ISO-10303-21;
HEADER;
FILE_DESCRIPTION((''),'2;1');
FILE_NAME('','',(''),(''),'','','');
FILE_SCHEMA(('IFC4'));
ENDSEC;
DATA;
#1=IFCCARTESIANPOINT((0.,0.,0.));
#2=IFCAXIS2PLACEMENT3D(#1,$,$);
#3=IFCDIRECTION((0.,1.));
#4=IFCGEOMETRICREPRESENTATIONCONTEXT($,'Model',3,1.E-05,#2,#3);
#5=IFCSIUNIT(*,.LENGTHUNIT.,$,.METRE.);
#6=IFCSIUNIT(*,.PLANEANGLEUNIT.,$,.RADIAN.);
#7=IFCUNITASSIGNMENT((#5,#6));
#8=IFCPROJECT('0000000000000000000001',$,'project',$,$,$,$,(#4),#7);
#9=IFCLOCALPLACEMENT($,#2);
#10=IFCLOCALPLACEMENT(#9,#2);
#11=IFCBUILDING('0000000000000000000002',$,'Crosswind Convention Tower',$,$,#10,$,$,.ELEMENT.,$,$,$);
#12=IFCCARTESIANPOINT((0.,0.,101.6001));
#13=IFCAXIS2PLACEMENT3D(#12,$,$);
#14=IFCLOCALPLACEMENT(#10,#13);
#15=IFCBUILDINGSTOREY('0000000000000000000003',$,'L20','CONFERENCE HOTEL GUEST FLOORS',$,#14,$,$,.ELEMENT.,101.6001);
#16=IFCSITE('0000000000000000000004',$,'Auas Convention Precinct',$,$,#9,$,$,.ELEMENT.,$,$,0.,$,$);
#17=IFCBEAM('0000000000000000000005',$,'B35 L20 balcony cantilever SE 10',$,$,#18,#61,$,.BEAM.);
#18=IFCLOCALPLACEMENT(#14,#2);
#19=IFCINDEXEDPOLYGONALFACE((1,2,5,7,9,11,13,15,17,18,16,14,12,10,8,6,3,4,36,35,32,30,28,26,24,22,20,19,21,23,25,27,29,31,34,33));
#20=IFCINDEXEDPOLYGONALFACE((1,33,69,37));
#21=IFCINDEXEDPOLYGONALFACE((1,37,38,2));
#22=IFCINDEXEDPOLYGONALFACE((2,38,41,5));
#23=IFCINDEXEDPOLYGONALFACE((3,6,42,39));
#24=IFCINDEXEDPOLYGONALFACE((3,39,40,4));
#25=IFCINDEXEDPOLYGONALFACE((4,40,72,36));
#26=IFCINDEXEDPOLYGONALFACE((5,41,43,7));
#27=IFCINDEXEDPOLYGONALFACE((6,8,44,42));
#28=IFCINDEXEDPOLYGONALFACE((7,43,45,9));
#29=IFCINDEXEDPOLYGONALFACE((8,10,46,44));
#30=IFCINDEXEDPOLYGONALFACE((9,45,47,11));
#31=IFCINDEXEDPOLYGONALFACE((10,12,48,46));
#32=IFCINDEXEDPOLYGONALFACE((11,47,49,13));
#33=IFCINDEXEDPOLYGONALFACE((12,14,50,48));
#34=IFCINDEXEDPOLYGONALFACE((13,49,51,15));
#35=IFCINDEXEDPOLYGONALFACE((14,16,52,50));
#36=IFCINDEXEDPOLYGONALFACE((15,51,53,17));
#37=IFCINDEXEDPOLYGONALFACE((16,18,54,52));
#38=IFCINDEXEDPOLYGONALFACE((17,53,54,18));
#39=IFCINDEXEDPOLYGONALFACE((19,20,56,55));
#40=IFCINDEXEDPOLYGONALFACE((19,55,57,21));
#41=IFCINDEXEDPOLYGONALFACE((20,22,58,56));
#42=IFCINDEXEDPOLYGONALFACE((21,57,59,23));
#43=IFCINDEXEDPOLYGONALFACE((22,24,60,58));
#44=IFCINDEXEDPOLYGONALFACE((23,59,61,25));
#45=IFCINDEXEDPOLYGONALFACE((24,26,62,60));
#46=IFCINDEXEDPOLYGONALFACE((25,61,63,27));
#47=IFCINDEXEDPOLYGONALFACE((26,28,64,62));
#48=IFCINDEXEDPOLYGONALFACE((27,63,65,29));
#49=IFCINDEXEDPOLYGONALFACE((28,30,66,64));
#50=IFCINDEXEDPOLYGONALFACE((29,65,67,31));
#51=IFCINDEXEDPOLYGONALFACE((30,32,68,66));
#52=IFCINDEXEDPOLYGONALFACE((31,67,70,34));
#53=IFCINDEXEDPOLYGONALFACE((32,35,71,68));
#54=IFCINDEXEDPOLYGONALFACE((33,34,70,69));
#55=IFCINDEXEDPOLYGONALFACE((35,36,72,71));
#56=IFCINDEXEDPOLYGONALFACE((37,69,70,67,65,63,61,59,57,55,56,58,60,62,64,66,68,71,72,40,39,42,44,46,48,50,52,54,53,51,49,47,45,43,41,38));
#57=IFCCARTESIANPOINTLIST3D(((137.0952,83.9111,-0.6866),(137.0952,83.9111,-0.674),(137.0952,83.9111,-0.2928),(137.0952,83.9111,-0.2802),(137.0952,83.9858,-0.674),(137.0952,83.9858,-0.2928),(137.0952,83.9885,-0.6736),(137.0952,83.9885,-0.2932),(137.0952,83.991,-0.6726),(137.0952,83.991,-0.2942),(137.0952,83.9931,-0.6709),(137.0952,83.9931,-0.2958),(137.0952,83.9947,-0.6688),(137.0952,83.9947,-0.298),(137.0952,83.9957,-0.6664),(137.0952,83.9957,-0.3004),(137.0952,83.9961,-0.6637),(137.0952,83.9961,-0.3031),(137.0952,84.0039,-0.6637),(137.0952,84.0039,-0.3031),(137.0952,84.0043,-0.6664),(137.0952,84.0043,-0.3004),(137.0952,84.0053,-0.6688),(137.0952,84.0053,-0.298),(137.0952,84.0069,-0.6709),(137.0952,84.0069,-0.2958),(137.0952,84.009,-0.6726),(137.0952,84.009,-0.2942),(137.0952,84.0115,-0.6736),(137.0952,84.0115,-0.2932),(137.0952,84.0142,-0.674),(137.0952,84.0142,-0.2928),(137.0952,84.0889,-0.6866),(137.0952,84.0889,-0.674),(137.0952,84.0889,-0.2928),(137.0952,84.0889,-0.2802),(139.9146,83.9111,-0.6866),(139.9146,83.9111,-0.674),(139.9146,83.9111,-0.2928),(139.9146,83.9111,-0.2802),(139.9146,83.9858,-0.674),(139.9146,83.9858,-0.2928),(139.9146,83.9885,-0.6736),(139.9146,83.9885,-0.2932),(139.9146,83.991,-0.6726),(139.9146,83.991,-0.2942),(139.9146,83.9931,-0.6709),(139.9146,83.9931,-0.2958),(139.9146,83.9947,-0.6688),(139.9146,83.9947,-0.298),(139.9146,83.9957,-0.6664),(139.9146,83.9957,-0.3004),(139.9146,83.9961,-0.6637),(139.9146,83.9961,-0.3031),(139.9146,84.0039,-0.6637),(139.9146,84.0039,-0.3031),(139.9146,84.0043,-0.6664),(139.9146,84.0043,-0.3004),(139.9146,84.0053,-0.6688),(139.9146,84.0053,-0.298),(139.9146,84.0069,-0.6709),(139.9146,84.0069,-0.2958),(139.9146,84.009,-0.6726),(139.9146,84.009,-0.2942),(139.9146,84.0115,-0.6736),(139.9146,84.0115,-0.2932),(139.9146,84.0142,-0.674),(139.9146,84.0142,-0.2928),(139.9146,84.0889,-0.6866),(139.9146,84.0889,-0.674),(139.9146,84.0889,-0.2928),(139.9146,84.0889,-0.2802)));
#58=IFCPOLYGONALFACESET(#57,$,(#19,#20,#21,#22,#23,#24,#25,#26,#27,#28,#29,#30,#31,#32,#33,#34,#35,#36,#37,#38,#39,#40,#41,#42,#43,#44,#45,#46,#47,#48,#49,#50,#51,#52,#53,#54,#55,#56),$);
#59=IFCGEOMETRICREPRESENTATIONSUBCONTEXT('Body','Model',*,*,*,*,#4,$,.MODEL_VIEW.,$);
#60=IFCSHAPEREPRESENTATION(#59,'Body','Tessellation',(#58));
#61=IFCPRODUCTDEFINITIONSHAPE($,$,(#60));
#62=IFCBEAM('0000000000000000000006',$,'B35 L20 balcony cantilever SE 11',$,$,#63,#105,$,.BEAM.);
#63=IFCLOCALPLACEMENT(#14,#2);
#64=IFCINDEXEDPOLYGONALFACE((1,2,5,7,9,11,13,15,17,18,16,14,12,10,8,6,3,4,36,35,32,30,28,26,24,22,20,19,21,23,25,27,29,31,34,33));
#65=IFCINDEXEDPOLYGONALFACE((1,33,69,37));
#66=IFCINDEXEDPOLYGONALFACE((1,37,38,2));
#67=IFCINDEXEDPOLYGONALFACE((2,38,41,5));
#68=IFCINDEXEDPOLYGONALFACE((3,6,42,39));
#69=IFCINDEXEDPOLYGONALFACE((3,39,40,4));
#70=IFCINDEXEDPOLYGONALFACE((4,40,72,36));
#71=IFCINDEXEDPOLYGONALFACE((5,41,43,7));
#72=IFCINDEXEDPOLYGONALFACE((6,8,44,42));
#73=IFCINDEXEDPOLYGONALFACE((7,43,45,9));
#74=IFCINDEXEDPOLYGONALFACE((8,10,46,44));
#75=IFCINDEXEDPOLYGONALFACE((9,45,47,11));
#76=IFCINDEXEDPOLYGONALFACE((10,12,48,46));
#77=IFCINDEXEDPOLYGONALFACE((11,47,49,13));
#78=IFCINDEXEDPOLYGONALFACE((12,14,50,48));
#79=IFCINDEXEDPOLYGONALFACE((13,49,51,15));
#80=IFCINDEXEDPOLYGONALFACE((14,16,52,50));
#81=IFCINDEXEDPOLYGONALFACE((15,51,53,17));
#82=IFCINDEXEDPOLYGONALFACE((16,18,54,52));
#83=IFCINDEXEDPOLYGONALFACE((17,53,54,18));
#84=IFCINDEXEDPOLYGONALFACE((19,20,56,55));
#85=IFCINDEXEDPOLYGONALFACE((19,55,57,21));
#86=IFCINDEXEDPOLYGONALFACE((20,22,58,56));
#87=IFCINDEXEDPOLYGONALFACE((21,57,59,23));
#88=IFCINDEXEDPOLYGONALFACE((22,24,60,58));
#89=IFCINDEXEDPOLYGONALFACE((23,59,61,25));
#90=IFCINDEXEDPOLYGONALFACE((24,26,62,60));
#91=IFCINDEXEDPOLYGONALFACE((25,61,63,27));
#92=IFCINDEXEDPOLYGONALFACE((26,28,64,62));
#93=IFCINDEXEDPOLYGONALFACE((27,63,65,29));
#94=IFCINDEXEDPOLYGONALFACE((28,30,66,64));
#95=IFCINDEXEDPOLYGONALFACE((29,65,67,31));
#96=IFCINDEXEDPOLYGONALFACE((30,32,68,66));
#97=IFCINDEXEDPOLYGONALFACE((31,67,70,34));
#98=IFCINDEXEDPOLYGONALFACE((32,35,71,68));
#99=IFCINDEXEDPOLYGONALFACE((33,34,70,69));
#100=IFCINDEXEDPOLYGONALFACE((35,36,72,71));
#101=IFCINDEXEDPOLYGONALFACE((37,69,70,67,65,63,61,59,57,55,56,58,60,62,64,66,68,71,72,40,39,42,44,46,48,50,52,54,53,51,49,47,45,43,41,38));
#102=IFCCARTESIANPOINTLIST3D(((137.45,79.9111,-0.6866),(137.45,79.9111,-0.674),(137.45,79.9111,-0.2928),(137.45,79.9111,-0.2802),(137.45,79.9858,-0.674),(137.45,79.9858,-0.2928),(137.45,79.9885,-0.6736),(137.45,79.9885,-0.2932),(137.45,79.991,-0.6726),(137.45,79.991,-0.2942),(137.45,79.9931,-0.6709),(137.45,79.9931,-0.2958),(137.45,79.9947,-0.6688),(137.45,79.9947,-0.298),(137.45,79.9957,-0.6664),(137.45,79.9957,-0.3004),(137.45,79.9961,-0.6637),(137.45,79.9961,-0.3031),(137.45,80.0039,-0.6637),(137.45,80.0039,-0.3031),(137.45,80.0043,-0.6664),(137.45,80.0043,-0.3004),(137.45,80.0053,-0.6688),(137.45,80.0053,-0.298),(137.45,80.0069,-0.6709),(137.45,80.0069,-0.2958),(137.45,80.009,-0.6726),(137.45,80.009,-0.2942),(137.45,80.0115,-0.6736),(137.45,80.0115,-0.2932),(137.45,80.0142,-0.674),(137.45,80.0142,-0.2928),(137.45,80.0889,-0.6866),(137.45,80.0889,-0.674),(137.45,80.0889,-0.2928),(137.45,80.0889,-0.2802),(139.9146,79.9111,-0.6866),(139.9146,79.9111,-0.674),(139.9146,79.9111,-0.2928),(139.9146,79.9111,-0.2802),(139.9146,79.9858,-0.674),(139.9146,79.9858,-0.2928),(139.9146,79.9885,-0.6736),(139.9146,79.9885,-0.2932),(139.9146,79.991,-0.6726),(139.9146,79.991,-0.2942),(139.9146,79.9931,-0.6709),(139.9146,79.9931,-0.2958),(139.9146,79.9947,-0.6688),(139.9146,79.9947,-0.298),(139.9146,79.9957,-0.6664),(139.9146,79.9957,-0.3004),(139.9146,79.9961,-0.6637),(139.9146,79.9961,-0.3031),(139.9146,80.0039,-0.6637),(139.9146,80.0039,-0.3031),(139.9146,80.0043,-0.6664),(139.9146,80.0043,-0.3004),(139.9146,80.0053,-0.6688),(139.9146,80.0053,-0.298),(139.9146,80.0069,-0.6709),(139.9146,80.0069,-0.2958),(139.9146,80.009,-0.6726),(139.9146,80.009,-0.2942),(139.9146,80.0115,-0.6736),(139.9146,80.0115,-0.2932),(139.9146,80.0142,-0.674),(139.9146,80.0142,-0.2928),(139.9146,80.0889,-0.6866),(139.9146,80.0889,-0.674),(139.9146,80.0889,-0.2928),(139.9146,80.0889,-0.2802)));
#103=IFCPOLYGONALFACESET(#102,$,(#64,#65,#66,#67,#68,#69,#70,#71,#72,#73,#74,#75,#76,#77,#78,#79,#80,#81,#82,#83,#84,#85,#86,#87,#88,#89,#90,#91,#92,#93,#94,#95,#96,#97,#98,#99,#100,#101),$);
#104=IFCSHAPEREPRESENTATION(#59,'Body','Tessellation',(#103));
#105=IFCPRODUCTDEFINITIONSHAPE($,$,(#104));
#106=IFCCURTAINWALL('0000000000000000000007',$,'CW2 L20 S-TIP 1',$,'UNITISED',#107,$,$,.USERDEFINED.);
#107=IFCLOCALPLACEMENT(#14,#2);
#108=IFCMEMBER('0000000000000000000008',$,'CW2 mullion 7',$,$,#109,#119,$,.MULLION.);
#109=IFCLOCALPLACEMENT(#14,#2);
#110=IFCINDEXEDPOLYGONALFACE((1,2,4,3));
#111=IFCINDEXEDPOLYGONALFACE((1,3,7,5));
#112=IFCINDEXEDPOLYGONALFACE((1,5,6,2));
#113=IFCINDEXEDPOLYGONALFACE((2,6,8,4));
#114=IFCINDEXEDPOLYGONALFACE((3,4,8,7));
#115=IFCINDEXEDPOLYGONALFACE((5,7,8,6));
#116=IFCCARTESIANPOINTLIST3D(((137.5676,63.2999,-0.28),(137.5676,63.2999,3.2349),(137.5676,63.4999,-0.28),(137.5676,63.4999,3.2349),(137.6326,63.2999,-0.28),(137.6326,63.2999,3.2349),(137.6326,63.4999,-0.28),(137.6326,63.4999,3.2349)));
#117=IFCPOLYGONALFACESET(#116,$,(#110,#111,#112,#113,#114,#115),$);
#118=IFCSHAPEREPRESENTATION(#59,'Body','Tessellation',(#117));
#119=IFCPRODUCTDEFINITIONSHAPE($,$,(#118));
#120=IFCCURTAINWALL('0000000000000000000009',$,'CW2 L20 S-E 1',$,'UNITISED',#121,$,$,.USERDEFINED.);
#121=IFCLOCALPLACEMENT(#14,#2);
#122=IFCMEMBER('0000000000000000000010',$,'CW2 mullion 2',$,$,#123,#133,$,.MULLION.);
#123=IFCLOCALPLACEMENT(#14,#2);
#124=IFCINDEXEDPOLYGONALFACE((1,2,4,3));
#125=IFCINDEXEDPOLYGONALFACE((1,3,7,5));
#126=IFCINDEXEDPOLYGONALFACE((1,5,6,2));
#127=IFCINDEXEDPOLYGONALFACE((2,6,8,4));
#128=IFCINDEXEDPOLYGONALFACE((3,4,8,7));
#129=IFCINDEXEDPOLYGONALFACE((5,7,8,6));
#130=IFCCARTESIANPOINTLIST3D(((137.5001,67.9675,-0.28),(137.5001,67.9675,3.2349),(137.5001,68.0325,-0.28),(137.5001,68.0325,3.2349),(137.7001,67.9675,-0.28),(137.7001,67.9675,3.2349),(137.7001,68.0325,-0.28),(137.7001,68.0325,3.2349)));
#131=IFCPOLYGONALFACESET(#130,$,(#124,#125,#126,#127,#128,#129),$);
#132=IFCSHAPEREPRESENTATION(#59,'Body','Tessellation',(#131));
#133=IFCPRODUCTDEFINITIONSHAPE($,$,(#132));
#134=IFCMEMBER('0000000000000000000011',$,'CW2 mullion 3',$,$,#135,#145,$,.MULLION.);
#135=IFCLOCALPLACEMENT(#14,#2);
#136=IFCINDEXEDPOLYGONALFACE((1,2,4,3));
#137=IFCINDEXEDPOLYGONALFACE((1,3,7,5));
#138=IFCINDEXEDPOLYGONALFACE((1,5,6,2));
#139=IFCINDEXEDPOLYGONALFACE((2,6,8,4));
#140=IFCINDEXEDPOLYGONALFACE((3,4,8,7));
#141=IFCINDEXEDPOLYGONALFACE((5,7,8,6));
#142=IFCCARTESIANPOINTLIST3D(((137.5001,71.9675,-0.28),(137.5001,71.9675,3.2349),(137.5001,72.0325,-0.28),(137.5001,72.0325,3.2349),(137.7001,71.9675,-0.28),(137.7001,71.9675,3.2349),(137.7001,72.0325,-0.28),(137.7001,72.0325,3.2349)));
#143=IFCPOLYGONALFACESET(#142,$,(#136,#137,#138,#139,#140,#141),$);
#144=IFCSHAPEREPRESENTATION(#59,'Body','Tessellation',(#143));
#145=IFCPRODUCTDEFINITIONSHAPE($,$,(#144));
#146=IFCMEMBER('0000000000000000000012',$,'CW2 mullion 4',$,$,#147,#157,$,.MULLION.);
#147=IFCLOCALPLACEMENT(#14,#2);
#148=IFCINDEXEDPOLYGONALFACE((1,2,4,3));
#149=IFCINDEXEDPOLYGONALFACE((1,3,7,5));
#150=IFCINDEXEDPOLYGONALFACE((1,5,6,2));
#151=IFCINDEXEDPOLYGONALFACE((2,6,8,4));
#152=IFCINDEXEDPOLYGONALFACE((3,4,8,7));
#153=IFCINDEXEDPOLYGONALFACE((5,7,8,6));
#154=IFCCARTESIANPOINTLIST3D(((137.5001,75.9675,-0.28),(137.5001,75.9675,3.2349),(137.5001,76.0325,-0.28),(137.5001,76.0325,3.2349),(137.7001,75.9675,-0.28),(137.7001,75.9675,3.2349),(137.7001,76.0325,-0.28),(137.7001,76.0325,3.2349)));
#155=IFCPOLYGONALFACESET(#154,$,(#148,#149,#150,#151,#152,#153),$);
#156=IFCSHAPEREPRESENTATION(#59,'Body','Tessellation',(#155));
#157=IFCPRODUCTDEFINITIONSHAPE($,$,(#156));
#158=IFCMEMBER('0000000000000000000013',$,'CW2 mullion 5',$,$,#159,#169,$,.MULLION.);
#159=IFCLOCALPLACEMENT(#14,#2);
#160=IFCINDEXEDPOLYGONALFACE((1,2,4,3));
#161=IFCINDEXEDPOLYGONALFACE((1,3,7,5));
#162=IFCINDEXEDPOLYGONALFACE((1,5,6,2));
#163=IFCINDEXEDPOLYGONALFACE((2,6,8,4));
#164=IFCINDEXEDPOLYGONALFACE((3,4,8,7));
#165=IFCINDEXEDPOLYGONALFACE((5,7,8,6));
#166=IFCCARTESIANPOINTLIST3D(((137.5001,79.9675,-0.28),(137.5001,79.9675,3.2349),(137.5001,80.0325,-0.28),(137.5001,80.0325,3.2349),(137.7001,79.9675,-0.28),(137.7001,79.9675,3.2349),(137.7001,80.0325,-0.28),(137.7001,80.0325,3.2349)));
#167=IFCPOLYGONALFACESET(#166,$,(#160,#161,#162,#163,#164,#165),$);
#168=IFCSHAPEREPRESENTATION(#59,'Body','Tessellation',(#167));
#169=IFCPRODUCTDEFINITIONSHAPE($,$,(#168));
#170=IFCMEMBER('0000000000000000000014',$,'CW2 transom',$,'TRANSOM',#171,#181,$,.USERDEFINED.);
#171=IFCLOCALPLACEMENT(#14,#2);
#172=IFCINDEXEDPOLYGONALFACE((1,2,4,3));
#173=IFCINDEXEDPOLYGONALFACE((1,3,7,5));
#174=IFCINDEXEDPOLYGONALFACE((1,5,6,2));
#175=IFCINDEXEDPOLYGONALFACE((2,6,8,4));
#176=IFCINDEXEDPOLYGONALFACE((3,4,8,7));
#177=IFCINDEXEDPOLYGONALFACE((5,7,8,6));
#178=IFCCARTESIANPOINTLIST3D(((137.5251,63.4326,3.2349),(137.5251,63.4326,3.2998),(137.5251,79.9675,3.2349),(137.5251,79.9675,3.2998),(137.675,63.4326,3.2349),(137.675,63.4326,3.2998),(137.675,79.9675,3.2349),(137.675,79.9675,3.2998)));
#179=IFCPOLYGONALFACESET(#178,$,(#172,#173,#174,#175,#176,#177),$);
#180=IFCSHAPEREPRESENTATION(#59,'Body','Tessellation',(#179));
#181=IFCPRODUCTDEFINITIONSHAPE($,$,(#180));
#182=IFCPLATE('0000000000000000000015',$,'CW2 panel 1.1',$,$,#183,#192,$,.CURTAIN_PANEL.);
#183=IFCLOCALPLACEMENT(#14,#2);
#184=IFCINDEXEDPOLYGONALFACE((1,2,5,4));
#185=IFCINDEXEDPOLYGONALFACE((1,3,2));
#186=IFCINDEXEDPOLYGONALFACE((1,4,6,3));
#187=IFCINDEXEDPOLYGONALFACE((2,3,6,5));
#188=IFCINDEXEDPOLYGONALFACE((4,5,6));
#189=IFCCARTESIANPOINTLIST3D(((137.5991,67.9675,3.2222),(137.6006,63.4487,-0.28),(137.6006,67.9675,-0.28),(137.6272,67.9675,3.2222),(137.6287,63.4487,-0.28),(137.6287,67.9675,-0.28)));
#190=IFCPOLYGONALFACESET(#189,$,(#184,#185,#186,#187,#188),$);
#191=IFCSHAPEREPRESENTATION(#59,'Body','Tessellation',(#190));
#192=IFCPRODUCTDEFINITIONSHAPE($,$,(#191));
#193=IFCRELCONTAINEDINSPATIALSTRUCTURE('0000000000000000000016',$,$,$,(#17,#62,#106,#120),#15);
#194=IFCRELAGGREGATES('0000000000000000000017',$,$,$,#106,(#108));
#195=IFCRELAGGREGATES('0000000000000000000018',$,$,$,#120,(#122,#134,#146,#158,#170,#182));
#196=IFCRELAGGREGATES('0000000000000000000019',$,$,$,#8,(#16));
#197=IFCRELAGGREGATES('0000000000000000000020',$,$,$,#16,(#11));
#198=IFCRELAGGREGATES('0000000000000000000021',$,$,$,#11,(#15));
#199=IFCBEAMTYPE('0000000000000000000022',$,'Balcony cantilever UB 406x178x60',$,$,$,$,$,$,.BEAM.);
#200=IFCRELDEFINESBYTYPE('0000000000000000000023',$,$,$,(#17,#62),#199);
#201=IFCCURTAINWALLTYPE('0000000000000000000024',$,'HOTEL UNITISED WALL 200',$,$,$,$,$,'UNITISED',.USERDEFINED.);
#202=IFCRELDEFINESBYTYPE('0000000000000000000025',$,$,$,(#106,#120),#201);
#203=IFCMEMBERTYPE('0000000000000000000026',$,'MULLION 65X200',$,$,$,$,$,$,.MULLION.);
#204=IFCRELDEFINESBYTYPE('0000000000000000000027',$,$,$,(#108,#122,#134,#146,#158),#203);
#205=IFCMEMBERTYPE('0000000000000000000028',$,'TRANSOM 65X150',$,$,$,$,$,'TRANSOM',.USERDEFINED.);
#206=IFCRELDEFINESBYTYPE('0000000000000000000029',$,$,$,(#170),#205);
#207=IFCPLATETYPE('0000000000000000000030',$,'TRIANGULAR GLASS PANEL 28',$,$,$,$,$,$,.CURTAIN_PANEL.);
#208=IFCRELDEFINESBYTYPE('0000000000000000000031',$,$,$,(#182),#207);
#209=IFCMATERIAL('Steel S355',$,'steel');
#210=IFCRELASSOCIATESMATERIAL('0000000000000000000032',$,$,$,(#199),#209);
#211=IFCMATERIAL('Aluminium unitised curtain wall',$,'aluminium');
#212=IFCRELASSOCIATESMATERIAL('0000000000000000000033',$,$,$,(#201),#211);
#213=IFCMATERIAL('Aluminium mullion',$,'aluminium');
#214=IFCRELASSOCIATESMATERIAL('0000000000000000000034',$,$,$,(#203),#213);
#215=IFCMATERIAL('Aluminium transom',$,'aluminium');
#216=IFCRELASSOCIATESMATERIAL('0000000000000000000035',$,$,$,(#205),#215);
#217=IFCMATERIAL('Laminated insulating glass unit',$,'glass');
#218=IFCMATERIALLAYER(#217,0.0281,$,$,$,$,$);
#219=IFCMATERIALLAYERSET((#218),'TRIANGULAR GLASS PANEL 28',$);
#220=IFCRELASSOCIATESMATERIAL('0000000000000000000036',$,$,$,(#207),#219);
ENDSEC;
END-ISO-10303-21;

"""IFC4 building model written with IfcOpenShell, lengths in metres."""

from ifc_helpers import new_model, si_unit, direction, frame, origin, origin_2d, place, context, subcontext, project, spatial, polyline, rectangle, i_section, outline, extrude, material, layer, layer_set, material_profile, profile_set, type_object, element, aggregate, save


model = new_model("IFC4")

# Units and contexts
model_context = context("Model", 3, precision=1e-05, world=origin(), true_north=direction((0.0, 1.0)))
body_context = subcontext(model_context, "Body", "Model", "MODEL_VIEW")
ifc_project = project(units=[si_unit("LENGTHUNIT", "METRE"), si_unit("PLANEANGLEUNIT", "RADIAN")], contexts=[model_context])

# Site, building, storey
site_placement = place(None, origin())
site = spatial("IfcSite", under=ifc_project, at=site_placement, Name="Auas Convention Precinct", CompositionType="ELEMENT", RefElevation=0.0)
building_placement = place(site_placement, origin())
building = spatial("IfcBuilding", under=site, at=building_placement, Name="Crosswind Convention Tower", CompositionType="ELEMENT")
storey_placement = place(building_placement, frame((0.0, 0.0, 101.6001)))
storey = spatial("IfcBuildingStorey", under=building, at=storey_placement, Name="L20", Description="CONFERENCE HOTEL GUEST FLOORS", CompositionType="ELEMENT", Elevation=101.6001)

# Beams
ifc_material_1 = material(Name="Steel S355", Category="steel")
ifc_material_profile_1 = material_profile(ifc_material_1, i_section(OverallWidth=0.1777, OverallDepth=0.4065, WebThickness=0.0078, FlangeThickness=0.0127, FilletRadius=0.0103, at=origin_2d()), Name="UB 406x178x60")
ifc_profile_set_1 = profile_set([ifc_material_profile_1], Name="Steel S355")
beam_type = type_object("IfcBeamType", Name="Balcony cantilever UB 406x178x60", PredefinedType="BEAM", material=ifc_profile_set_1)
beam_1_placement = place(storey_placement, frame((137.0952, 84.0, -0.4834), z_axis=(1.0, 0.0, 0.0), x_axis=(0.0, 1.0, 0.0)))
element("IfcBeam", 1, at=beam_1_placement, inside=storey, type_object=beam_type, Name="B35 L20 balcony cantilever SE 10", PredefinedType="BEAM", context=body_context, shape_type="SweptSolid", body=[
    extrude(i_section(OverallWidth=0.1777, OverallDepth=0.4065, WebThickness=0.0078, FlangeThickness=0.0127, FilletRadius=0.0103, at=origin_2d()), origin(), (0.0, 0.0, 1.0), 2.8193),
])
beam_2_placement = place(storey_placement, frame((137.45, 80.0, -0.4834), z_axis=(1.0, 0.0, 0.0), x_axis=(0.0, 1.0, 0.0)))
element("IfcBeam", 2, at=beam_2_placement, inside=storey, type_object=beam_type, Name="B35 L20 balcony cantilever SE 11", PredefinedType="BEAM", context=body_context, shape_type="SweptSolid", body=[
    extrude(i_section(OverallWidth=0.1777, OverallDepth=0.4065, WebThickness=0.0078, FlangeThickness=0.0127, FilletRadius=0.0103, at=origin_2d()), origin(), (0.0, 0.0, 1.0), 2.4646),
])

# Curtain wall, member
ifc_material_2 = material(Name="Aluminium unitised curtain wall", Category="aluminium")
curtain_wall_type = type_object("IfcCurtainWallType", Name="HOTEL UNITISED WALL 200", ElementType="UNITISED", PredefinedType="USERDEFINED", material=ifc_material_2)
curtain_wall_1_placement = place(storey_placement, origin())
curtain_wall_1 = element("IfcCurtainWall", 3, at=curtain_wall_1_placement, inside=storey, type_object=curtain_wall_type, Name="CW2 L20 S-TIP 1", ObjectType="UNITISED", PredefinedType="USERDEFINED")
ifc_material_3 = material(Name="Aluminium mullion", Category="aluminium")
ifc_material_profile_2 = material_profile(ifc_material_3, rectangle(XDim=0.2, YDim=0.0649, at=origin_2d()), Name="AL 200X65")
ifc_profile_set_2 = profile_set([ifc_material_profile_2], Name="Aluminium mullion")
member_type_1 = type_object("IfcMemberType", Name="MULLION 65X200", PredefinedType="MULLION", material=ifc_profile_set_2)
member_1_placement = place(storey_placement, frame((137.6001, 63.3999, -0.28), z_axis=(0.0, 0.0, 1.0), x_axis=(0.0, -1.0, 0.0)))
member_1 = element("IfcMember", 4, at=member_1_placement, type_object=member_type_1, Name="CW2 mullion 7", PredefinedType="MULLION", context=body_context, shape_type="SweptSolid", body=[
    extrude(rectangle(XDim=0.2, YDim=0.0649, at=origin_2d()), origin(), (0.0, 0.0, 1.0), 3.5149),
])
aggregate(curtain_wall_1, [member_1])

# Curtain wall, members, plate
curtain_wall_2_placement = place(storey_placement, origin())
curtain_wall_2 = element("IfcCurtainWall", 5, at=curtain_wall_2_placement, inside=storey, type_object=curtain_wall_type, Name="CW2 L20 S-E 1", ObjectType="UNITISED", PredefinedType="USERDEFINED")
member_2_placement = place(storey_placement, frame((137.6001, 68.0, -0.28), z_axis=(0.0, 0.0, 1.0), x_axis=(1.0, 0.0, 0.0)))
member_2 = element("IfcMember", 6, at=member_2_placement, type_object=member_type_1, Name="CW2 mullion 2", PredefinedType="MULLION", context=body_context, shape_type="SweptSolid", body=[
    extrude(rectangle(XDim=0.2, YDim=0.0649, at=origin_2d()), origin(), (0.0, 0.0, 1.0), 3.5149),
])
member_3_placement = place(storey_placement, frame((137.6001, 72.0, -0.28), z_axis=(0.0, 0.0, 1.0), x_axis=(1.0, 0.0, 0.0)))
member_3 = element("IfcMember", 7, at=member_3_placement, type_object=member_type_1, Name="CW2 mullion 3", PredefinedType="MULLION", context=body_context, shape_type="SweptSolid", body=[
    extrude(rectangle(XDim=0.2, YDim=0.0649, at=origin_2d()), origin(), (0.0, 0.0, 1.0), 3.5149),
])
member_4_placement = place(storey_placement, frame((137.6001, 76.0, -0.28), z_axis=(0.0, 0.0, 1.0), x_axis=(1.0, 0.0, 0.0)))
member_4 = element("IfcMember", 8, at=member_4_placement, type_object=member_type_1, Name="CW2 mullion 4", PredefinedType="MULLION", context=body_context, shape_type="SweptSolid", body=[
    extrude(rectangle(XDim=0.2, YDim=0.0649, at=origin_2d()), origin(), (0.0, 0.0, 1.0), 3.5149),
])
member_5_placement = place(storey_placement, frame((137.6001, 80.0, -0.28), z_axis=(0.0, 0.0, 1.0), x_axis=(1.0, 0.0, 0.0)))
member_5 = element("IfcMember", 9, at=member_5_placement, type_object=member_type_1, Name="CW2 mullion 5", PredefinedType="MULLION", context=body_context, shape_type="SweptSolid", body=[
    extrude(rectangle(XDim=0.2, YDim=0.0649, at=origin_2d()), origin(), (0.0, 0.0, 1.0), 3.5149),
])
ifc_material_4 = material(Name="Aluminium transom", Category="aluminium")
ifc_material_profile_3 = material_profile(ifc_material_4, rectangle(XDim=0.1499, YDim=0.0649, at=origin_2d()), Name="AL 150X65")
ifc_profile_set_3 = profile_set([ifc_material_profile_3], Name="Aluminium transom")
member_type_2 = type_object("IfcMemberType", Name="TRANSOM 65X150", ElementType="TRANSOM", PredefinedType="USERDEFINED", material=ifc_profile_set_3)
member_6_placement = place(storey_placement, frame((137.6001, 63.4326, 3.2673), z_axis=(0.0, 1.0, 0.0), x_axis=(-1.0, 0.0, 0.0)))
member_6 = element("IfcMember", 10, at=member_6_placement, type_object=member_type_2, Name="CW2 transom", ObjectType="TRANSOM", PredefinedType="USERDEFINED", context=body_context, shape_type="SweptSolid", body=[
    extrude(rectangle(XDim=0.1499, YDim=0.0649, at=origin_2d()), origin(), (0.0, 0.0, 1.0), 16.5349),
])
ifc_material_5 = material(Name="Laminated insulating glass unit", Category="glass")
ifc_layer_1 = layer(ifc_material_5, 0.0281)
ifc_layer_set_1 = layer_set([ifc_layer_1], Name="TRIANGULAR GLASS PANEL 28")
plate_type = type_object("IfcPlateType", Name="TRIANGULAR GLASS PANEL 28", PredefinedType="CURTAIN_PANEL", material=ifc_layer_set_1)
plate_1_placement = place(storey_placement, frame((137.6287, 67.9675, -0.28), z_axis=(1.0, 0.0, 0.000418), x_axis=(-0.000418, 0.0, 1.0)))
plate_1 = element("IfcPlate", 11, at=plate_1_placement, type_object=plate_type, Name="CW2 panel 1.1", PredefinedType="CURTAIN_PANEL", context=body_context, shape_type="SweptSolid", body=[
    extrude(outline(polyline([(0.0, 0.0), (3.5022, 0.0), (0.0, 4.5188), (0.0, 0.0)])), origin(), (0.0, 0.0, -1.0), 0.0281),
])
aggregate(curtain_wall_2, [member_2, member_3, member_4, member_5, member_6, plate_1])

save(model, "model.ifc")
